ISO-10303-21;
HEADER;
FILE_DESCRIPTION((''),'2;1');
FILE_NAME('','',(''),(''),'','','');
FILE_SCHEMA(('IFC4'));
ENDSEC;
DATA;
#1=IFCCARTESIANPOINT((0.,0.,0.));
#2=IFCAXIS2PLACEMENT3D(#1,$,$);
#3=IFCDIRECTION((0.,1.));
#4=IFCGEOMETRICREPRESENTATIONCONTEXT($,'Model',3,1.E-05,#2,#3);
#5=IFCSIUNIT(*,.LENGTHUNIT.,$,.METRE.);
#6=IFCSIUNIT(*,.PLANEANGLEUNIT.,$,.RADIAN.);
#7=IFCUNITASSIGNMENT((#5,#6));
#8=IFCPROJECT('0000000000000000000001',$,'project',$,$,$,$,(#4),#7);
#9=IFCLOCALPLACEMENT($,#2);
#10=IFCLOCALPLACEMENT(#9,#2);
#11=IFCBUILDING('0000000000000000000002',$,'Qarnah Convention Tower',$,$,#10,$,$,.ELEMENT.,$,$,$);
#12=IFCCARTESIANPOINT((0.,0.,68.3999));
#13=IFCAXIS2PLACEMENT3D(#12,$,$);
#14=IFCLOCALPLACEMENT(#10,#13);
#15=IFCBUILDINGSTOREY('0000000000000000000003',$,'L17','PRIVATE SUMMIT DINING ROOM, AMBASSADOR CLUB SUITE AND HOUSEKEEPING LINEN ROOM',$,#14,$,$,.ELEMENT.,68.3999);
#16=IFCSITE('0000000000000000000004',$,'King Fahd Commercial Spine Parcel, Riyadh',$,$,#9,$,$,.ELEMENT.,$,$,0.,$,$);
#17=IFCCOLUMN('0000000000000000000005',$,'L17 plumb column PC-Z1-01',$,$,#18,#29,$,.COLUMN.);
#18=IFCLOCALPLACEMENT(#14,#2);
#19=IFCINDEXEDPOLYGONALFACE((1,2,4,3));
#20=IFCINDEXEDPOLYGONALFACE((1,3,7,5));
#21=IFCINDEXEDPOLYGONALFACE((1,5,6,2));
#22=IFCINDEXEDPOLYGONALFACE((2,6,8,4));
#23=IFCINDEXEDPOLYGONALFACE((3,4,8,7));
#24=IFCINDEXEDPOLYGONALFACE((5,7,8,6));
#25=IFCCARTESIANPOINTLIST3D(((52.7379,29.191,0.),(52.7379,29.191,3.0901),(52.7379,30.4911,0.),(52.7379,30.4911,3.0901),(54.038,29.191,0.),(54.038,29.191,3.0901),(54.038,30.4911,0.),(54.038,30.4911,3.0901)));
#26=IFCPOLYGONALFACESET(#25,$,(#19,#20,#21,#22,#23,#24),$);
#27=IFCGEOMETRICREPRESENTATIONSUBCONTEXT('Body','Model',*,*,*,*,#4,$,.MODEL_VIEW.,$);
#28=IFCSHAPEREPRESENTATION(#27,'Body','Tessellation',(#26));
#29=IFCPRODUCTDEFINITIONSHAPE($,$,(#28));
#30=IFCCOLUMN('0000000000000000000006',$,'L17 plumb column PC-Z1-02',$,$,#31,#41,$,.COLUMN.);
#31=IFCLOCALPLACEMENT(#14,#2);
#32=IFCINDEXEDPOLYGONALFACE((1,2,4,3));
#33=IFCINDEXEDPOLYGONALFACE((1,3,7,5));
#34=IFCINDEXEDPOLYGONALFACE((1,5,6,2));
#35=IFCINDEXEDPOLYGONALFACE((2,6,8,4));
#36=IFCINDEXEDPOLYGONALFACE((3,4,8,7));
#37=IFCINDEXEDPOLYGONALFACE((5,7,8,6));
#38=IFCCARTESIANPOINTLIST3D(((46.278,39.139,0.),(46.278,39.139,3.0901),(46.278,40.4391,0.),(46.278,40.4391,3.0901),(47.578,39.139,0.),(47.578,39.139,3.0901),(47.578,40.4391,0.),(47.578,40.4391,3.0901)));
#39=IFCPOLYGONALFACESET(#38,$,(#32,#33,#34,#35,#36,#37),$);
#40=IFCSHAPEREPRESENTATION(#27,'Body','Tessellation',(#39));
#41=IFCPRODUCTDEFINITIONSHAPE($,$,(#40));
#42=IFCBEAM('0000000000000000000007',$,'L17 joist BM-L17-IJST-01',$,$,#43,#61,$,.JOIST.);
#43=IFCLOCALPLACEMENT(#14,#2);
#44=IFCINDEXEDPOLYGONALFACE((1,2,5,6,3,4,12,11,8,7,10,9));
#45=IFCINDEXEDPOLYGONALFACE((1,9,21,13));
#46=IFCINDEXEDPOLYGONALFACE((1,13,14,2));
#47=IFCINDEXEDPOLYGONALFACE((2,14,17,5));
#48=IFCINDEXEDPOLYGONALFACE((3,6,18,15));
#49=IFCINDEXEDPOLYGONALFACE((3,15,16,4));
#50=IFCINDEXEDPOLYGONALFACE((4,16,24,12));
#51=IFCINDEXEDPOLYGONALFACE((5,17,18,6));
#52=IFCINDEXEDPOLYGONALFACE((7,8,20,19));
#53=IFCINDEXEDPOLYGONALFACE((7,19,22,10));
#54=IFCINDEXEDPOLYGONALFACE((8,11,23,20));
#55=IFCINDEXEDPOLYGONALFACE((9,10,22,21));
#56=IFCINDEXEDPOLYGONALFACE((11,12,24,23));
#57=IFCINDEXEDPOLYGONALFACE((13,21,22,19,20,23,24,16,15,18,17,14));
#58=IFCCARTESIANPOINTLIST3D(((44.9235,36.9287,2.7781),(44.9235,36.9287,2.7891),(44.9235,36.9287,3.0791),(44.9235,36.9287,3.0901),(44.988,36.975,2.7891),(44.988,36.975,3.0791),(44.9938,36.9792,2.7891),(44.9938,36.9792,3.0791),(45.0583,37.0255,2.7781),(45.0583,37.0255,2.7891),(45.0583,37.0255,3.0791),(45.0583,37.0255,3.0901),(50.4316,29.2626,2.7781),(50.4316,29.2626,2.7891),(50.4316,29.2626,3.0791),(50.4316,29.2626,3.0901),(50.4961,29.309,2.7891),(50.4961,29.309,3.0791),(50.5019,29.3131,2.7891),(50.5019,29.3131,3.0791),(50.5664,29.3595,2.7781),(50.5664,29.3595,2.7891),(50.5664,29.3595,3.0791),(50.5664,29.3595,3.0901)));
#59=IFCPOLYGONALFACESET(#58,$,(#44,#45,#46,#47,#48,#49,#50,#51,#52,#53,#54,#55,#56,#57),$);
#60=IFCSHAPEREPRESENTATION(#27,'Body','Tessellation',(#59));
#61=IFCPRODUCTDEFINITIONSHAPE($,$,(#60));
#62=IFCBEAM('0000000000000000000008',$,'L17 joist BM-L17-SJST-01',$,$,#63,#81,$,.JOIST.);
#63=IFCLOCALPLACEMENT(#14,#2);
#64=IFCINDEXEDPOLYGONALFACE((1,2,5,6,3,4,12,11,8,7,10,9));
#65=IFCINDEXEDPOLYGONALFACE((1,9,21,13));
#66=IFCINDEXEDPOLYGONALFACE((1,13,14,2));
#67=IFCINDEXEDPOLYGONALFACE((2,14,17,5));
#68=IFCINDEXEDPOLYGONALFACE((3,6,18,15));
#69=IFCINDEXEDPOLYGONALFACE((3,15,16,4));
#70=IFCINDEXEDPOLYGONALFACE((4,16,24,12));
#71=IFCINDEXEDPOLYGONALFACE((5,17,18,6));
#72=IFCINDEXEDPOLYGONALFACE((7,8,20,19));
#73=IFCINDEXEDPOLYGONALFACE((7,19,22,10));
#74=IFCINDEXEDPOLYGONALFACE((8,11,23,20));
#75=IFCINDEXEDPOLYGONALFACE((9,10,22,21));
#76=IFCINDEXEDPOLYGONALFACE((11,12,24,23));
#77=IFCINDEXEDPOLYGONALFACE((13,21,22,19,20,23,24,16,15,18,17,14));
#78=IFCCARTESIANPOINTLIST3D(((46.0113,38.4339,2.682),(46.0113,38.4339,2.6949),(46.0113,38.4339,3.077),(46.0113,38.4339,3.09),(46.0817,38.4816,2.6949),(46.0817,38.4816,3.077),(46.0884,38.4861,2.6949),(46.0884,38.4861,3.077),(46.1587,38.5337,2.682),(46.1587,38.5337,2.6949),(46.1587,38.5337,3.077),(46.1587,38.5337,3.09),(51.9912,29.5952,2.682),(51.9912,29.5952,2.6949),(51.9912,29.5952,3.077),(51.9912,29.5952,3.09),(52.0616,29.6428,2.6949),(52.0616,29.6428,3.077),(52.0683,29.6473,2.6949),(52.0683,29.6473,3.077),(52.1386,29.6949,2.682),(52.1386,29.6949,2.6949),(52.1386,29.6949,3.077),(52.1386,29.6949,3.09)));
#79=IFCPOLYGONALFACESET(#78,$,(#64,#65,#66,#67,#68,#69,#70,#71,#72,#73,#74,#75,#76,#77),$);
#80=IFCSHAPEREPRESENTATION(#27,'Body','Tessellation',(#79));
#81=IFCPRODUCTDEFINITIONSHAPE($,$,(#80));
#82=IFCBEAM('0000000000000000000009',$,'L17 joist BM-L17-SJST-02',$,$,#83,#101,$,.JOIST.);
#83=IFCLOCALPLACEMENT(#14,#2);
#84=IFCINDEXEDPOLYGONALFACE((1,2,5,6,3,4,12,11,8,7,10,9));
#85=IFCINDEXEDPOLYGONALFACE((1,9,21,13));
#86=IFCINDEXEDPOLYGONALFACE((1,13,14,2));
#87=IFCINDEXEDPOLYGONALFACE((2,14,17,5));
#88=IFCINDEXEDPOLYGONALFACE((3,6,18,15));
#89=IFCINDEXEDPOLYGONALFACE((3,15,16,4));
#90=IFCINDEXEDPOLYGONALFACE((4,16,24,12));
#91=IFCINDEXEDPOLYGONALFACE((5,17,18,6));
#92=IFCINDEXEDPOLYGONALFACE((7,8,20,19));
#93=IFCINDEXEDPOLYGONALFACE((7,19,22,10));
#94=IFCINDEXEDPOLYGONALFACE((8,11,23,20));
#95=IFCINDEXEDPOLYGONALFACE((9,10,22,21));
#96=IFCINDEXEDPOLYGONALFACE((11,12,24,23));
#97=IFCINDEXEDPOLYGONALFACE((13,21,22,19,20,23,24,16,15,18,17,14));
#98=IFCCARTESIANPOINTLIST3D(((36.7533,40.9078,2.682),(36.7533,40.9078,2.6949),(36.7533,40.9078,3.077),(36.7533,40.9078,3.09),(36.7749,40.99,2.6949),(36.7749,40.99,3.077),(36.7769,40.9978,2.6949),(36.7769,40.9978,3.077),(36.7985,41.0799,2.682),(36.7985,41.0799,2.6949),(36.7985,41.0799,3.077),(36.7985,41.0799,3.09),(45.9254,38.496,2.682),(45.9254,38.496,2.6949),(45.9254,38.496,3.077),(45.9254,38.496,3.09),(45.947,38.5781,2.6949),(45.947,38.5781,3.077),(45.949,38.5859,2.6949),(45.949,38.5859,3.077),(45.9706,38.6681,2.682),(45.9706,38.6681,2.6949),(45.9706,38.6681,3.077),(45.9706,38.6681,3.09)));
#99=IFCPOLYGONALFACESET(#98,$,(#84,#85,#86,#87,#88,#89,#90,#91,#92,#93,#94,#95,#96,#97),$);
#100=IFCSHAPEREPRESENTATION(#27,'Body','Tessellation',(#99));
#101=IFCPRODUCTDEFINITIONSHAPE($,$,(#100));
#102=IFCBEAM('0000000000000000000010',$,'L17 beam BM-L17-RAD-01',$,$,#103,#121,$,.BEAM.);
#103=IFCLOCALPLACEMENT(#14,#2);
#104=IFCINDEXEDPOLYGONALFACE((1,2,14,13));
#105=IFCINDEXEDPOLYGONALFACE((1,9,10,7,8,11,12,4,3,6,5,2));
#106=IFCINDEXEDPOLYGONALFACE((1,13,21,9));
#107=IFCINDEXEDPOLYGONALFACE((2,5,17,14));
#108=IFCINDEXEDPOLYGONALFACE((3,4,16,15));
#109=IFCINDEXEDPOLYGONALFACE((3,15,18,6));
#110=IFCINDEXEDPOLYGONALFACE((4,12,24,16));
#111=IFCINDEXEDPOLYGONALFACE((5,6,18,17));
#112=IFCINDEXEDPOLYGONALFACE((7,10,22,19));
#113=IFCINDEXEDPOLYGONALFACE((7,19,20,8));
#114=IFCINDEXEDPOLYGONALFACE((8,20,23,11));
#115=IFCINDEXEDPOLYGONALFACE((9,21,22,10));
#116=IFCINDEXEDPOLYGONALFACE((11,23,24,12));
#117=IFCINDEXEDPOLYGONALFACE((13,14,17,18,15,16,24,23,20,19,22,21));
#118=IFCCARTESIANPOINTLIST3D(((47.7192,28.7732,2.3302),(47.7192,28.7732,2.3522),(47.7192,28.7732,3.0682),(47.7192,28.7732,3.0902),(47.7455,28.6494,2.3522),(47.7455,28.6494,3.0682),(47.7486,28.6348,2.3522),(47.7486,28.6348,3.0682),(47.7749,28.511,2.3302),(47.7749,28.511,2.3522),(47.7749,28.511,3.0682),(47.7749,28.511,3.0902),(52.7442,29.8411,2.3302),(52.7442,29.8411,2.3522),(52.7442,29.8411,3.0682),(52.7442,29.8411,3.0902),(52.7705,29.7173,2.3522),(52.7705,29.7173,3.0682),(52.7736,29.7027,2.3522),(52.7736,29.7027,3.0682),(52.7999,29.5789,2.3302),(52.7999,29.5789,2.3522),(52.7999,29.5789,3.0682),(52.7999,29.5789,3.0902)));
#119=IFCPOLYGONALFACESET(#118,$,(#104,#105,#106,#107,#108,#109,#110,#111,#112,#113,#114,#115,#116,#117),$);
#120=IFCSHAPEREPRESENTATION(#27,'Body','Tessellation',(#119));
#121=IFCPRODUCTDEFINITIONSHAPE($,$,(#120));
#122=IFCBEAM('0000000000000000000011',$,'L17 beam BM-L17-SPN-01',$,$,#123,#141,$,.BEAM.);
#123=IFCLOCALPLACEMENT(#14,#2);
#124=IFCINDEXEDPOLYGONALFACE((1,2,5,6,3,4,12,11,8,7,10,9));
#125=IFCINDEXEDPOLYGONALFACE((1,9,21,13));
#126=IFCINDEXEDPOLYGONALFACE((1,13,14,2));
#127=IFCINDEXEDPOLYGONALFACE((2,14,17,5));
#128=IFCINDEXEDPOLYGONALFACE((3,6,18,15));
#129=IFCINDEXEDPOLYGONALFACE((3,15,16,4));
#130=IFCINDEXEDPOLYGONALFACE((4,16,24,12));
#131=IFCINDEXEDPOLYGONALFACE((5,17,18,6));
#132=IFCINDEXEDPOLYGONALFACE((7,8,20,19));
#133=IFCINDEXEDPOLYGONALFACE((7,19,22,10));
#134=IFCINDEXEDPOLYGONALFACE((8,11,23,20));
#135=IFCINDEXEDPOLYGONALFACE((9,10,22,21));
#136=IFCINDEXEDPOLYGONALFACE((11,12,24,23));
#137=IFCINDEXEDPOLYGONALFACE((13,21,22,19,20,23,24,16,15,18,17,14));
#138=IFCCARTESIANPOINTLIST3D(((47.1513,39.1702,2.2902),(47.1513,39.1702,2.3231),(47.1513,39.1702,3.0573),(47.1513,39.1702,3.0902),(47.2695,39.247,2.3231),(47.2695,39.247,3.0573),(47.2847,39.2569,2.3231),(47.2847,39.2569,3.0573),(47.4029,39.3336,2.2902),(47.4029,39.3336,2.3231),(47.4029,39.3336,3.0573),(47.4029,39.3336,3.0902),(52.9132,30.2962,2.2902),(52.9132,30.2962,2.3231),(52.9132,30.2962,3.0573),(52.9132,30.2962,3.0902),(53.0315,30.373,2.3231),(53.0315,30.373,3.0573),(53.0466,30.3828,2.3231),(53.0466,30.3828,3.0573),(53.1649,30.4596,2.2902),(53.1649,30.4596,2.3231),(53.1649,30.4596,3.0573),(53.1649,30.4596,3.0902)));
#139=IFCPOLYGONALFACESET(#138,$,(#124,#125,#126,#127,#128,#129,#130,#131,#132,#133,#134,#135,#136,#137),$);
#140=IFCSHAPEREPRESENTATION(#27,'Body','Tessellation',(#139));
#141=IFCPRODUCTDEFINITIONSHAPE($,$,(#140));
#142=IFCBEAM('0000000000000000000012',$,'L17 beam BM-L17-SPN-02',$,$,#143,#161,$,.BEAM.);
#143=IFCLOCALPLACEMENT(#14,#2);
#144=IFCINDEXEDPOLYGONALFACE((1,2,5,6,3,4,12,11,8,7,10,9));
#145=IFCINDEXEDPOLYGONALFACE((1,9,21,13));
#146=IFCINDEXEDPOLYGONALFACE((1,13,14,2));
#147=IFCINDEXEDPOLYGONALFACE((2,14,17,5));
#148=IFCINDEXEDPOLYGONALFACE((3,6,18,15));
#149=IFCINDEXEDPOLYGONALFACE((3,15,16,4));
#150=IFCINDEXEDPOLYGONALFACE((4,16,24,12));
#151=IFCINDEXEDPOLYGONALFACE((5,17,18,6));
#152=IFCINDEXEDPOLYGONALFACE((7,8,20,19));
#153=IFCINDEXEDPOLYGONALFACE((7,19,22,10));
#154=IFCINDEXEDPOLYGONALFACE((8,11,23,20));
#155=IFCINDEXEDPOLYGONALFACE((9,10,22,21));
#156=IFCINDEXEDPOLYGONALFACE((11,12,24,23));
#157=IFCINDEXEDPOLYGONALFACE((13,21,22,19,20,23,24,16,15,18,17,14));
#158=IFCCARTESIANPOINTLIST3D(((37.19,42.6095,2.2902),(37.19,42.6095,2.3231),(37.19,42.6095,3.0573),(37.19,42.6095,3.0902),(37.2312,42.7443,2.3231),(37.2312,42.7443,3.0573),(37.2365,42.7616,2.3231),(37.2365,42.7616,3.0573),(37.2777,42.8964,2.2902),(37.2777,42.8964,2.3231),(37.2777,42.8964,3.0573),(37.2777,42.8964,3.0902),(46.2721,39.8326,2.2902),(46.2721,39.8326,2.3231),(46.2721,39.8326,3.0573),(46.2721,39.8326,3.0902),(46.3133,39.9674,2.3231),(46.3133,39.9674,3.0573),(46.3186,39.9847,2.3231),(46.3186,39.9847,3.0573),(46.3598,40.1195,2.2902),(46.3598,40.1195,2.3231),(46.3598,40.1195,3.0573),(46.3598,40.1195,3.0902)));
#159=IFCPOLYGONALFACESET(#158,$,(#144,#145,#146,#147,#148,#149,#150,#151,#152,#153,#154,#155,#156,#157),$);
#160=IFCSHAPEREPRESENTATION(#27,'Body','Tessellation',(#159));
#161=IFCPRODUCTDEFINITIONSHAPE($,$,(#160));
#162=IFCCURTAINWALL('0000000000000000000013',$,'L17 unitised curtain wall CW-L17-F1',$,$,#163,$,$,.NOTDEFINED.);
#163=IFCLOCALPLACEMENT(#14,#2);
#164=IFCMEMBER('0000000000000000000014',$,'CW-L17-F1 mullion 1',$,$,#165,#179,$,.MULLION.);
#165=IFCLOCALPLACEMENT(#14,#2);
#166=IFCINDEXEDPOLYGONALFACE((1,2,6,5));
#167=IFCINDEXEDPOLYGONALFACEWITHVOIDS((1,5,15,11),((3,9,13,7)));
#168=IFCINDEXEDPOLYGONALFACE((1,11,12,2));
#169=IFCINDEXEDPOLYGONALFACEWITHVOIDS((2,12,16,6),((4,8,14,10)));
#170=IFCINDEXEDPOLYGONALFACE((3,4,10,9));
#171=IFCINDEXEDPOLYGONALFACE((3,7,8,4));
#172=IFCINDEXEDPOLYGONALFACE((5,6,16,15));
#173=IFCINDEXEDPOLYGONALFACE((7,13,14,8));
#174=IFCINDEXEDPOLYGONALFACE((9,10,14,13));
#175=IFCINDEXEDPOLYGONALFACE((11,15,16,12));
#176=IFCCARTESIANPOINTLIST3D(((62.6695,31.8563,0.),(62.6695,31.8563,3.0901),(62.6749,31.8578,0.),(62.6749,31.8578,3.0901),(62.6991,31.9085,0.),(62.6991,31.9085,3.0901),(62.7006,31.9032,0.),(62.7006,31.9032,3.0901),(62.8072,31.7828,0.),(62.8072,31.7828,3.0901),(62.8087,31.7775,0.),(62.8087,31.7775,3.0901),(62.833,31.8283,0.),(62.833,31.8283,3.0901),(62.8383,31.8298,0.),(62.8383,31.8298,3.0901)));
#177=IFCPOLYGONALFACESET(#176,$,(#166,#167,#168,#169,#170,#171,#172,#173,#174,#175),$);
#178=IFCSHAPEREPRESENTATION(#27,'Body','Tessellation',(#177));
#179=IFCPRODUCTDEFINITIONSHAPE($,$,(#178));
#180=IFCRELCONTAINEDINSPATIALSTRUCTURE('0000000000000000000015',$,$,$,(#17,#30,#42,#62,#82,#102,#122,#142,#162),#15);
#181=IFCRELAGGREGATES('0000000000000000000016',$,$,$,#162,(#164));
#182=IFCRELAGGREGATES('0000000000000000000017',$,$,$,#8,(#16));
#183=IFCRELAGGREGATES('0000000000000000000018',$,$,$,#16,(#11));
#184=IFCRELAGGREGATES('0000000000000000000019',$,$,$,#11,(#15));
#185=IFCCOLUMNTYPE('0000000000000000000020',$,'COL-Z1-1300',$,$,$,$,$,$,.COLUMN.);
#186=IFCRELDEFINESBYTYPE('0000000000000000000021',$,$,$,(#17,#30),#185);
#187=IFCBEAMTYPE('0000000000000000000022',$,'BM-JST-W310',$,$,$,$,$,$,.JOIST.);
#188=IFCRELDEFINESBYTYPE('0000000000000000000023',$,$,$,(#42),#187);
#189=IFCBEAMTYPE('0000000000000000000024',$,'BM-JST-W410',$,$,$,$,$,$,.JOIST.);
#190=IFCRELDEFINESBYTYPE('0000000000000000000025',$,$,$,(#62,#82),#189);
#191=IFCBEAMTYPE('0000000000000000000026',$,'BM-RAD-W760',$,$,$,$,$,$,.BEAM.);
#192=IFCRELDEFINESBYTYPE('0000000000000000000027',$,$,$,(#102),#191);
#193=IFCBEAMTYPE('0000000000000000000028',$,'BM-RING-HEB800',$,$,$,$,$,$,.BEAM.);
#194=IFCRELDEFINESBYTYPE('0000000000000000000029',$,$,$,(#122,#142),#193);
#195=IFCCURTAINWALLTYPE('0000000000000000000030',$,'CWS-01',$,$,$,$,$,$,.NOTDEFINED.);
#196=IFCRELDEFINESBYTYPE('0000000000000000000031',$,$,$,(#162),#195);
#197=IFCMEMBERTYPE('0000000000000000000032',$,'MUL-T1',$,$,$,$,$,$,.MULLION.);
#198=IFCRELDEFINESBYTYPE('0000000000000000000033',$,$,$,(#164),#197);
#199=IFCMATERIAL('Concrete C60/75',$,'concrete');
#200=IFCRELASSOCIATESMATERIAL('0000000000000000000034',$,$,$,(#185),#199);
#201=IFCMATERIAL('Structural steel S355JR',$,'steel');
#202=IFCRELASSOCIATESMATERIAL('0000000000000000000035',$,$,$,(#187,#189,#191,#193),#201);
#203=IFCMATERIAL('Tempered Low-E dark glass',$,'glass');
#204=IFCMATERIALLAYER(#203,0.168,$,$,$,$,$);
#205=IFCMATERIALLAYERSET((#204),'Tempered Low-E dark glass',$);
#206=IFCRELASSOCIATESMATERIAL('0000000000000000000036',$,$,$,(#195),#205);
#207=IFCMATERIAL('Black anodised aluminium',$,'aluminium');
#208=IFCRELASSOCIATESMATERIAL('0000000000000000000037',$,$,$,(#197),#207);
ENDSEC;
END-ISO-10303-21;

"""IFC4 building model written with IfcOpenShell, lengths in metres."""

from ifc_helpers import new_model, si_unit, direction, frame, origin, origin_2d, place, context, subcontext, project, spatial, rectangle, hollow_rectangle, i_section, extrude, material, layer, layer_set, material_profile, profile_set, type_object, element, aggregate, save


model = new_model("IFC4")

# Units and contexts
model_context = context("Model", 3, precision=1e-05, world=origin(), true_north=direction((0.0, 1.0)))
body_context = subcontext(model_context, "Body", "Model", "MODEL_VIEW")
ifc_project = project(units=[si_unit("LENGTHUNIT", "METRE"), si_unit("PLANEANGLEUNIT", "RADIAN")], contexts=[model_context])

# Site, building, storey
site_placement = place(None, origin())
site = spatial("IfcSite", under=ifc_project, at=site_placement, Name="King Fahd Commercial Spine Parcel, Riyadh", CompositionType="ELEMENT", RefElevation=0.0)
building_placement = place(site_placement, origin())
building = spatial("IfcBuilding", under=site, at=building_placement, Name="Qarnah Convention Tower", CompositionType="ELEMENT")
storey_placement = place(building_placement, frame((0.0, 0.0, 68.3999)))
storey = spatial("IfcBuildingStorey", under=building, at=storey_placement, Name="L17", Description="PRIVATE SUMMIT DINING ROOM, AMBASSADOR CLUB SUITE AND HOUSEKEEPING LINEN ROOM", CompositionType="ELEMENT", Elevation=68.3999)

# Columns
ifc_material_1 = material(Name="Concrete C60/75", Category="concrete")
ifc_material_profile_1 = material_profile(ifc_material_1, rectangle(XDim=1.3, YDim=1.3, at=origin_2d()), Name="RC-COL-1300X1300")
ifc_profile_set_1 = profile_set([ifc_material_profile_1], Name="Concrete C60/75")
column_type = type_object("IfcColumnType", Name="COL-Z1-1300", PredefinedType="COLUMN", material=ifc_profile_set_1)
for number, where, z_axis, x_axis, name in (
    (1, (53.3879, 29.8411, 0.0), (0.0, 0.0, 1.0), (1.0, 0.0, 0.0), "L17 plumb column PC-Z1-01"),
    (2, (46.928, 39.7891, 0.0), (0.0, 0.0, 1.0), (1.0, 0.0, 0.0), "L17 plumb column PC-Z1-02"),
):
    element("IfcColumn", number, at=place(storey_placement, frame(where, z_axis=z_axis, x_axis=x_axis)), inside=storey, type_object=column_type, Name=name, PredefinedType="COLUMN", context=body_context, shape_type="SweptSolid", body=[
        extrude(rectangle(XDim=1.3, YDim=1.3, at=origin_2d()), origin(), (0.0, 0.0, 1.0), 3.0901),
    ])

# Beams
ifc_material_2 = material(Name="Structural steel S355JR", Category="steel")
ifc_material_profile_2 = material_profile(ifc_material_2, i_section(OverallWidth=0.166, OverallDepth=0.312, WebThickness=0.0071, FlangeThickness=0.011, at=origin_2d()), Name="W310X45")
ifc_profile_set_2 = profile_set([ifc_material_profile_2], Name="Structural steel S355JR")
beam_type_1 = type_object("IfcBeamType", Name="BM-JST-W310", PredefinedType="JOIST", material=ifc_profile_set_2)
beam_1_placement = place(storey_placement, frame((50.499, 29.311, 2.9341), z_axis=(-0.583504, 0.81211, 0.0), x_axis=(-0.81211, -0.583504, 0.0)))
element("IfcBeam", 3, at=beam_1_placement, inside=storey, type_object=beam_type_1, Name="L17 joist BM-L17-IJST-01", PredefinedType="JOIST", context=body_context, shape_type="SweptSolid", body=[
    extrude(i_section(OverallWidth=0.166, OverallDepth=0.312, WebThickness=0.0071, FlangeThickness=0.011, at=origin_2d()), origin(), (0.0, 0.0, 1.0), 9.4397),
])
ifc_material_profile_3 = material_profile(ifc_material_2, i_section(OverallWidth=0.178, OverallDepth=0.408, WebThickness=0.0081, FlangeThickness=0.0129, at=origin_2d()), Name="W410X60")
ifc_profile_set_3 = profile_set([ifc_material_profile_3], Name="Structural steel S355JR")
beam_type_2 = type_object("IfcBeamType", Name="BM-JST-W410", PredefinedType="JOIST", material=ifc_profile_set_3)
beam_2_placement = place(storey_placement, frame((52.0649, 29.645, 2.886), z_axis=(-0.560357, 0.828251, 0.0), x_axis=(-0.828251, -0.560357, 0.0)))
element("IfcBeam", 4, at=beam_2_placement, inside=storey, type_object=beam_type_2, Name="L17 joist BM-L17-SJST-01", PredefinedType="JOIST", context=body_context, shape_type="SweptSolid", body=[
    extrude(i_section(OverallWidth=0.178, OverallDepth=0.408, WebThickness=0.0081, FlangeThickness=0.0129, at=origin_2d()), origin(), (0.0, 0.0, 1.0), 10.6716),
])
beam_3_placement = place(storey_placement, frame((45.948, 38.582, 2.886), z_axis=(-0.967123, 0.254311, 0.0), x_axis=(-0.254311, -0.967123, 0.0)))
element("IfcBeam", 5, at=beam_3_placement, inside=storey, type_object=beam_type_2, Name="L17 joist BM-L17-SJST-02", PredefinedType="JOIST", context=body_context, shape_type="SweptSolid", body=[
    extrude(i_section(OverallWidth=0.178, OverallDepth=0.408, WebThickness=0.0081, FlangeThickness=0.0129, at=origin_2d()), origin(), (0.0, 0.0, 1.0), 9.4839),
])
ifc_material_profile_4 = material_profile(ifc_material_2, i_section(OverallWidth=0.2681, OverallDepth=0.76, WebThickness=0.0149, FlangeThickness=0.022, at=origin_2d()), Name="W760X185")
ifc_profile_set_4 = profile_set([ifc_material_profile_4], Name="Structural steel S355JR")
beam_type_3 = type_object("IfcBeamType", Name="BM-RAD-W760", PredefinedType="BEAM", material=ifc_profile_set_4)
beam_4_placement = place(storey_placement, frame((47.7471, 28.6421, 2.7102), z_axis=(0.978156, 0.207874, 0.0), x_axis=(-0.207874, 0.978156, 0.0)))
element("IfcBeam", 6, at=beam_4_placement, inside=storey, type_object=beam_type_3, Name="L17 beam BM-L17-RAD-01", PredefinedType="BEAM", context=body_context, shape_type="SweptSolid", body=[
    extrude(i_section(OverallWidth=0.2681, OverallDepth=0.76, WebThickness=0.0149, FlangeThickness=0.022, at=origin_2d()), origin(), (0.0, 0.0, 1.0), 5.1372),
])
ifc_material_profile_5 = material_profile(ifc_material_2, i_section(OverallWidth=0.3, OverallDepth=0.8, WebThickness=0.0181, FlangeThickness=0.033, at=origin_2d()), Name="HEB800")
ifc_profile_set_5 = profile_set([ifc_material_profile_5], Name="Structural steel S355JR")
beam_type_4 = type_object("IfcBeamType", Name="BM-RING-HEB800", PredefinedType="BEAM", material=ifc_profile_set_5)
beam_5_placement = place(storey_placement, frame((53.0391, 30.3779, 2.6902), z_axis=(-0.54458, 0.838709, 0.0), x_axis=(-0.838709, -0.54458, 0.0)))
element("IfcBeam", 7, at=beam_5_placement, inside=storey, type_object=beam_type_4, Name="L17 beam BM-L17-SPN-01", PredefinedType="BEAM", context=body_context, shape_type="SweptSolid", body=[
    extrude(i_section(OverallWidth=0.3, OverallDepth=0.8, WebThickness=0.0181, FlangeThickness=0.033, at=origin_2d()), origin(), (0.0, 0.0, 1.0), 10.5806),
])
beam_6_placement = place(storey_placement, frame((46.3159, 39.9761, 2.6902), z_axis=(-0.956299, 0.292391, 0.0), x_axis=(-0.292391, -0.956299, 0.0)))
element("IfcBeam", 8, at=beam_6_placement, inside=storey, type_object=beam_type_4, Name="L17 beam BM-L17-SPN-02", PredefinedType="BEAM", context=body_context, shape_type="SweptSolid", body=[
    extrude(i_section(OverallWidth=0.3, OverallDepth=0.8, WebThickness=0.0181, FlangeThickness=0.033, at=origin_2d()), origin(), (0.0, 0.0, 1.0), 9.4971),
])

# Curtain wall, member
ifc_material_3 = material(Name="Tempered Low-E dark glass", Category="glass")
ifc_layer_1 = layer(ifc_material_3, 0.168)
ifc_layer_set_1 = layer_set([ifc_layer_1], Name="Tempered Low-E dark glass")
curtain_wall_type = type_object("IfcCurtainWallType", Name="CWS-01", PredefinedType="NOTDEFINED", material=ifc_layer_set_1)
curtain_wall_1_placement = place(storey_placement, origin())
curtain_wall_1 = element("IfcCurtainWall", 9, at=curtain_wall_1_placement, inside=storey, type_object=curtain_wall_type, Name="L17 unitised curtain wall CW-L17-F1", PredefinedType="NOTDEFINED")
ifc_material_4 = material(Name="Black anodised aluminium", Category="aluminium")
ifc_material_profile_6 = material_profile(ifc_material_4, hollow_rectangle(XDim=0.0601, YDim=0.1599, WallThickness=0.0039, at=origin_2d()), Name="MUL-60X160")
ifc_profile_set_6 = profile_set([ifc_material_profile_6], Name="Black anodised aluminium")
member_type_1 = type_object("IfcMemberType", Name="MUL-T1", PredefinedType="MULLION", material=ifc_profile_set_6)
member_1_placement = place(storey_placement, frame((62.7539, 31.843, 0.0), z_axis=(0.0, 0.0, 1.0), x_axis=(-0.492741, -0.870176, 0.0)))
member_1 = element("IfcMember", 10, at=member_1_placement, type_object=member_type_1, Name="CW-L17-F1 mullion 1", PredefinedType="MULLION", context=body_context, shape_type="SweptSolid", body=[
    extrude(hollow_rectangle(XDim=0.0601, YDim=0.1599, WallThickness=0.0039, at=origin_2d()), origin(), (0.0, 0.0, 1.0), 3.0901),
])

aggregate(curtain_wall_1, [member_1])

save(model, "model.ifc")
